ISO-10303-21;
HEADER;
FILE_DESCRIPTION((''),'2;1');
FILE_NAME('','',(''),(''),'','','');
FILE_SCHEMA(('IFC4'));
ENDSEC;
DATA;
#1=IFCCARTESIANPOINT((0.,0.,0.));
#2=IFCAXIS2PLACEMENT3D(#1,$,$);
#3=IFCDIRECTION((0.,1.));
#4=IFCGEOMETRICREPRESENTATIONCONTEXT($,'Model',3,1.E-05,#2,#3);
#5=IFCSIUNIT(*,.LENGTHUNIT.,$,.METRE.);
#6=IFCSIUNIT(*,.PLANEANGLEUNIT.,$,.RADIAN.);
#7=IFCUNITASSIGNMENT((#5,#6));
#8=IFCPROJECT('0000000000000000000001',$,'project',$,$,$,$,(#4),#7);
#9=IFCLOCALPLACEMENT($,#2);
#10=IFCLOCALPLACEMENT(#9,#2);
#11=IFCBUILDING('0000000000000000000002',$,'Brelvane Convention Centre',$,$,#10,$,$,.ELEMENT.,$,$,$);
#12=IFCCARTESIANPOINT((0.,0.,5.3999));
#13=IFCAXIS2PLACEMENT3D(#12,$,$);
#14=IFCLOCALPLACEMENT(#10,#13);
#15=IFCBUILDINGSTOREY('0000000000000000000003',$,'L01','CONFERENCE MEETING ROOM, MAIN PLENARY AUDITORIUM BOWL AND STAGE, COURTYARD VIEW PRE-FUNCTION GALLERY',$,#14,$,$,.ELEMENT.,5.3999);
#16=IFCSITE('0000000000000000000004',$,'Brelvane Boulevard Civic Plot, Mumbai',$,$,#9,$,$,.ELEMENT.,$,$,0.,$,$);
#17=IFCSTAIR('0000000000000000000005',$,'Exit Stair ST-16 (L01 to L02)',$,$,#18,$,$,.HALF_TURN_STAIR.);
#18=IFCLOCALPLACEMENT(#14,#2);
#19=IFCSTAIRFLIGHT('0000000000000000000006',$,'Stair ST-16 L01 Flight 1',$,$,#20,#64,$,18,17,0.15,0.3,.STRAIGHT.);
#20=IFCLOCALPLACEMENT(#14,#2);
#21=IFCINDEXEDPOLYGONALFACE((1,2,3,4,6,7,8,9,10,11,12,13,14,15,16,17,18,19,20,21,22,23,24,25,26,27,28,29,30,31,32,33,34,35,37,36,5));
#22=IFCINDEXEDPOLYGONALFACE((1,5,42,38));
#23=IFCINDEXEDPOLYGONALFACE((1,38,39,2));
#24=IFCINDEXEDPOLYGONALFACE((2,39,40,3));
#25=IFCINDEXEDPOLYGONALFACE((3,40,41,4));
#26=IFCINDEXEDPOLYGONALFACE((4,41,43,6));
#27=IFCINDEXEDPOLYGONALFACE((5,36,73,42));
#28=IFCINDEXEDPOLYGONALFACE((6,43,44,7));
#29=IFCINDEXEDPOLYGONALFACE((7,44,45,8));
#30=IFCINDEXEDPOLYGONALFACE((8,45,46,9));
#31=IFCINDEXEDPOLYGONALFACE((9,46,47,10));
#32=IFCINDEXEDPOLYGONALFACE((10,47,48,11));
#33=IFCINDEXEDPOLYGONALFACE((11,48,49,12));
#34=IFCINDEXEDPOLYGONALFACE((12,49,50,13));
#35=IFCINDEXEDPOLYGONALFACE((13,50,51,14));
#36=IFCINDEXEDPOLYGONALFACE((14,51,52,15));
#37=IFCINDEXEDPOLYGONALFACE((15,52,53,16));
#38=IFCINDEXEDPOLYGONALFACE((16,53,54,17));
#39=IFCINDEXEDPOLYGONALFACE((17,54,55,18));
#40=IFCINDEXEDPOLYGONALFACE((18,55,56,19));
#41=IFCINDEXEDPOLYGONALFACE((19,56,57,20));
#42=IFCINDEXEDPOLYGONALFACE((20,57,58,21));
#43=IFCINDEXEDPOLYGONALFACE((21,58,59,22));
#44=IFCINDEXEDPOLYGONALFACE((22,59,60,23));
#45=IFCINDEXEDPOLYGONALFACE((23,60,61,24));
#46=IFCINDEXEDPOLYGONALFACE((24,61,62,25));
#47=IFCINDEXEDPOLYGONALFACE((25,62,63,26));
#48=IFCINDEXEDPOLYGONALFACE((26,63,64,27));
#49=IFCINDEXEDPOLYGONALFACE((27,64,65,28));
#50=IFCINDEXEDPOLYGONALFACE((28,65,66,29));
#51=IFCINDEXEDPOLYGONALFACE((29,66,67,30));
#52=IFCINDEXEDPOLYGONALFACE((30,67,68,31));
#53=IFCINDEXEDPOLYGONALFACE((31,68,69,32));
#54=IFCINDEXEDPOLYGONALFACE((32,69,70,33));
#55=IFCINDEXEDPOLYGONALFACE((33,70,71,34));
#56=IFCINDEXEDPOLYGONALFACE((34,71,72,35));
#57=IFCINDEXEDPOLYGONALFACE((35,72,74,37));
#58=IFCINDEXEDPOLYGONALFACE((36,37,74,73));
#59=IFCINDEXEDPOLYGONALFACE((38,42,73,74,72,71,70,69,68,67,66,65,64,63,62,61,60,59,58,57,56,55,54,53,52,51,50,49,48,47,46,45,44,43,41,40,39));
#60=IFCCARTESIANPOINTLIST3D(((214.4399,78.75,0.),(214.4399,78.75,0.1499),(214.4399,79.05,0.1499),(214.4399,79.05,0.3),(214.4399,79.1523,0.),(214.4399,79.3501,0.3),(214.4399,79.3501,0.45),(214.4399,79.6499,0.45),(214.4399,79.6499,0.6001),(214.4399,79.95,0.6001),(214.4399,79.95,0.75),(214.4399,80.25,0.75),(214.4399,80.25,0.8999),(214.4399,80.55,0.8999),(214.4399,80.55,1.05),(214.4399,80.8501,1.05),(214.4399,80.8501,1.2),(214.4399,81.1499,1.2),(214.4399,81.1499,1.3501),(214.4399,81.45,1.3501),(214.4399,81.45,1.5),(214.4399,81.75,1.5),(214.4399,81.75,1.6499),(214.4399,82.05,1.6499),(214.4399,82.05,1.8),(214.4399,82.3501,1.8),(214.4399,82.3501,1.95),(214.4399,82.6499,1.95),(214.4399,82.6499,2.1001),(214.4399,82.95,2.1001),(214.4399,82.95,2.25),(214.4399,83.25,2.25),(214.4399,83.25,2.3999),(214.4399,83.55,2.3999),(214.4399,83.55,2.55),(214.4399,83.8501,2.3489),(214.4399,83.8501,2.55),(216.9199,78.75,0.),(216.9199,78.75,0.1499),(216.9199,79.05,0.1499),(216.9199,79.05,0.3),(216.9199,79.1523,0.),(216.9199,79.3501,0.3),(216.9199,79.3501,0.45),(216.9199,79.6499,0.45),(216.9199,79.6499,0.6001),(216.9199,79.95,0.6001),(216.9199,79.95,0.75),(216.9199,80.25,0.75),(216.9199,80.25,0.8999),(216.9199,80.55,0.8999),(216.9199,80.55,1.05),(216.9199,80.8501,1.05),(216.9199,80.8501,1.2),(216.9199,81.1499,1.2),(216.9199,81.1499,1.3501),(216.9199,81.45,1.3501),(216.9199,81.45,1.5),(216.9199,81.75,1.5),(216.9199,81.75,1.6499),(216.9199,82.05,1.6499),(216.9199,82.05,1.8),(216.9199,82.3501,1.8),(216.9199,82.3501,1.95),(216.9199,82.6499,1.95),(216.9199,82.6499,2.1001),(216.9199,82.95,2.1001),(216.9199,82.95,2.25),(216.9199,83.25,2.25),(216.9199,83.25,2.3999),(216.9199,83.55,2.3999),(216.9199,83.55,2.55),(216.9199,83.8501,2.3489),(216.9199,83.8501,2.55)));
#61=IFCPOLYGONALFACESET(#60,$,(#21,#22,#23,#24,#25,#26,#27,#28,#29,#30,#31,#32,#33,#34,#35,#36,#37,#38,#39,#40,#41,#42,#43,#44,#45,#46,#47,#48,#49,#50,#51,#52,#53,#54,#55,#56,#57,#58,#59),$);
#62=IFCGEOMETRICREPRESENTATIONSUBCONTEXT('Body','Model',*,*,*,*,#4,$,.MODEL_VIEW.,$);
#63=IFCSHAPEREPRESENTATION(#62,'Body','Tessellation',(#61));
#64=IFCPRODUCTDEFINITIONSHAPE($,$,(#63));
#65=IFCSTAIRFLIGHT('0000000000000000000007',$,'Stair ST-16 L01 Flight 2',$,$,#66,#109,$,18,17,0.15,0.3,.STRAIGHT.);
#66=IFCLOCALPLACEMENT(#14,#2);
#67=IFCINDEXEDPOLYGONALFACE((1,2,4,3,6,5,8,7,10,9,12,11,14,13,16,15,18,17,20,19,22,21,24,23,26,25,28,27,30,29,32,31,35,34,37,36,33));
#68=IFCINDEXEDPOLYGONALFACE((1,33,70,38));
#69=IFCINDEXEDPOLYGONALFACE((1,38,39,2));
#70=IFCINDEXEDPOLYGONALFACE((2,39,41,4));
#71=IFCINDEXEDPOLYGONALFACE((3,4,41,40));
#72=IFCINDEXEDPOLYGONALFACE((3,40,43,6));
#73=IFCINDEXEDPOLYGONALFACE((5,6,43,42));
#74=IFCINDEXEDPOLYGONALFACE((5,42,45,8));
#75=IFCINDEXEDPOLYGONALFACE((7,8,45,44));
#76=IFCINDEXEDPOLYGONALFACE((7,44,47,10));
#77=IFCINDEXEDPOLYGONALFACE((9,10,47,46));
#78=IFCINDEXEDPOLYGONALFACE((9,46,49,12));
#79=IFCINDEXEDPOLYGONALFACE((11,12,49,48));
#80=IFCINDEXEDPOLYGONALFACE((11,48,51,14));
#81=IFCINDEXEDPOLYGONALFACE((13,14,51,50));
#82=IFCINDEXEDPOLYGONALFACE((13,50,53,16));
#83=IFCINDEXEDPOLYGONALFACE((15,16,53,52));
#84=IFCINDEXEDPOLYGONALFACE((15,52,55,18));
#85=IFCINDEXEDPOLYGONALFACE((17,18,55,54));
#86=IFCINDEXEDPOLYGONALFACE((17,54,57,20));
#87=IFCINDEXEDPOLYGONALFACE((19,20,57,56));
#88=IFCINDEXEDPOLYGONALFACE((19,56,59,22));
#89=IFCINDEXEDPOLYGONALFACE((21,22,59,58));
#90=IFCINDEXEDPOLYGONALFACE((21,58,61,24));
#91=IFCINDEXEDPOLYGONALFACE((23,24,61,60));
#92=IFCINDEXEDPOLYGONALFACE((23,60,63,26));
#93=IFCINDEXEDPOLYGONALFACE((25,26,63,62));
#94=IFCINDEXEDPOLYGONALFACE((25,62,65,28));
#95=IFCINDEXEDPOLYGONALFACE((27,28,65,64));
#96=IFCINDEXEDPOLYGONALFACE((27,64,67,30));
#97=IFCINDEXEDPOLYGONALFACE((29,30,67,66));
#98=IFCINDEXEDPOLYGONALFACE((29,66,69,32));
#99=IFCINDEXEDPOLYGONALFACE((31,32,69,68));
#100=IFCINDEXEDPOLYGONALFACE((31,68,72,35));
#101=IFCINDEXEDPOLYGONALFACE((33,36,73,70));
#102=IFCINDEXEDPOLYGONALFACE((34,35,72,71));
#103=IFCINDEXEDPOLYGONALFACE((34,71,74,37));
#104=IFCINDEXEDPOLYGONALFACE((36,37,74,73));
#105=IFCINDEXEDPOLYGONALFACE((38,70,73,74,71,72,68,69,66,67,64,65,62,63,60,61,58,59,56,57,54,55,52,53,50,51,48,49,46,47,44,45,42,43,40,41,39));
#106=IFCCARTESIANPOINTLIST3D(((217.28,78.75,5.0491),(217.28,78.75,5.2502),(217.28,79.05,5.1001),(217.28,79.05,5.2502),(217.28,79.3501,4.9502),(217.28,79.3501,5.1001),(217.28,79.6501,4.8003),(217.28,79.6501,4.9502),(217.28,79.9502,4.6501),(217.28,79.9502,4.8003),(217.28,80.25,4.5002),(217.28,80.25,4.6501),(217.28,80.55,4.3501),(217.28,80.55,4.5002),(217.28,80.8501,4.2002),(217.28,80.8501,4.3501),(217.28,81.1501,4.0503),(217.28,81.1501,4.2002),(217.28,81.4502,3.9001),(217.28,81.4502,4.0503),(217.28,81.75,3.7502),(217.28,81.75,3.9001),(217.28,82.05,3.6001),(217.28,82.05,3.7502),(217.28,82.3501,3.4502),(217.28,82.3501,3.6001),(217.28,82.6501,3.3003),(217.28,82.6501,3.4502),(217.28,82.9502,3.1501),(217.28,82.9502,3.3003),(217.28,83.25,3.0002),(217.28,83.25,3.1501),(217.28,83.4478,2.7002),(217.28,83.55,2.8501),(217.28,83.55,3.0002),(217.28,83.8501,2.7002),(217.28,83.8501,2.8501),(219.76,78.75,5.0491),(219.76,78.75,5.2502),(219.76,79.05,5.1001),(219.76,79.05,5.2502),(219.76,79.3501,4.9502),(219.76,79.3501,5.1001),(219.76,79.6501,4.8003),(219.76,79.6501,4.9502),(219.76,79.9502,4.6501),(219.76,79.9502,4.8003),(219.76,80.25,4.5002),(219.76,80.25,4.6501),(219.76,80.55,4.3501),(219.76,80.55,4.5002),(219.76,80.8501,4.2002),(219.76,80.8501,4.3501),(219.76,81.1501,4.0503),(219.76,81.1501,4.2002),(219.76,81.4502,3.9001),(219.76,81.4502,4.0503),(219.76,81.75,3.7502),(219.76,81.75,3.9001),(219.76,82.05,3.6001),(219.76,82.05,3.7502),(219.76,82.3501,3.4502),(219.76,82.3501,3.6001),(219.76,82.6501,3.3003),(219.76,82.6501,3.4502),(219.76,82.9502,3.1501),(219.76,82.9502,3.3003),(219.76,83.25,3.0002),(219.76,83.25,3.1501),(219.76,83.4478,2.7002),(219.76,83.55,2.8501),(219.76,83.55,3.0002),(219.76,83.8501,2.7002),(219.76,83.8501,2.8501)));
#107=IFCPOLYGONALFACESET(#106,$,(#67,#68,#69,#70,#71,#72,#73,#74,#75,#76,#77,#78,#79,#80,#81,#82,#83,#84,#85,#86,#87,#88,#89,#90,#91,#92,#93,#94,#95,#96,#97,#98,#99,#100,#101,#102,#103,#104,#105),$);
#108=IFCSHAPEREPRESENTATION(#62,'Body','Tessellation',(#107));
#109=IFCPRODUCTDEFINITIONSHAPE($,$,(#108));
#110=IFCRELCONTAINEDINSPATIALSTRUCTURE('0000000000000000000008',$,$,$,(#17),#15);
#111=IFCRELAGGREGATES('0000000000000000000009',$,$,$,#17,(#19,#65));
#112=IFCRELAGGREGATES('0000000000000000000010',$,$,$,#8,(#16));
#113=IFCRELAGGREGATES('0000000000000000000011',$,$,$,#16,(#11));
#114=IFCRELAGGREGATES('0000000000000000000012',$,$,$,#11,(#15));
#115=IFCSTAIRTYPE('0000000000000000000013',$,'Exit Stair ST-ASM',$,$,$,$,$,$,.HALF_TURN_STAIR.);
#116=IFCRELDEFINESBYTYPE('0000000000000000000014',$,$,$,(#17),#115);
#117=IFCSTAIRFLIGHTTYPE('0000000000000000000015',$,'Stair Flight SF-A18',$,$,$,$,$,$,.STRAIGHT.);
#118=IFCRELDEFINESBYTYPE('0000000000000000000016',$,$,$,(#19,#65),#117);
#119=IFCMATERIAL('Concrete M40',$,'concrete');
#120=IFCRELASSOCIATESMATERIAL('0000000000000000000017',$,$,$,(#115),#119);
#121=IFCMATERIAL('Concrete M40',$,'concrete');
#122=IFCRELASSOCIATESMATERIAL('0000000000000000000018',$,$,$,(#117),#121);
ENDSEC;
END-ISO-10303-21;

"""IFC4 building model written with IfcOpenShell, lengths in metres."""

from ifc_helpers import new_model, si_unit, direction, frame, origin, place, context, subcontext, project, spatial, polyline, outline, extrude, material, type_object, element, aggregate, save


model = new_model("IFC4")

# Units and contexts
model_context = context("Model", 3, precision=1e-05, world=origin(), true_north=direction((0.0, 1.0)))
body_context = subcontext(model_context, "Body", "Model", "MODEL_VIEW")
ifc_project = project(units=[si_unit("LENGTHUNIT", "METRE"), si_unit("PLANEANGLEUNIT", "RADIAN")], contexts=[model_context])

# Site, building, storey
site_placement = place(None, origin())
site = spatial("IfcSite", under=ifc_project, at=site_placement, Name="Brelvane Boulevard Civic Plot, Mumbai", CompositionType="ELEMENT", RefElevation=0.0)
building_placement = place(site_placement, origin())
building = spatial("IfcBuilding", under=site, at=building_placement, Name="Brelvane Convention Centre", CompositionType="ELEMENT")
storey_placement = place(building_placement, frame((0.0, 0.0, 5.3999)))
storey = spatial("IfcBuildingStorey", under=building, at=storey_placement, Name="L01", Description="CONFERENCE MEETING ROOM, MAIN PLENARY AUDITORIUM BOWL AND STAGE, COURTYARD VIEW PRE-FUNCTION GALLERY", CompositionType="ELEMENT", Elevation=5.3999)

# Stair, stair flights
ifc_material_1 = material(Name="Concrete M40", Category="concrete")
stair_type = type_object("IfcStairType", Name="Exit Stair ST-ASM", PredefinedType="HALF_TURN_STAIR", material=ifc_material_1)
stair_placement = place(storey_placement, origin())
stair = element("IfcStair", 1, at=stair_placement, inside=storey, type_object=stair_type, Name="Exit Stair ST-16 (L01 to L02)", PredefinedType="HALF_TURN_STAIR")
ifc_material_2 = material(Name="Concrete M40", Category="concrete")
stair_flight_type = type_object("IfcStairFlightType", Name="Stair Flight SF-A18", PredefinedType="STRAIGHT", material=ifc_material_2)
stair_flight_1_placement = place(storey_placement, frame((215.6799, 78.75, 0.0), z_axis=(0.0, 0.0, 1.0), x_axis=(0.0, 1.0, 0.0)))
stair_flight_1 = element("IfcStairFlight", 2, at=stair_flight_1_placement, type_object=stair_flight_type, Name="Stair ST-16 L01 Flight 1", NumberOfRisers=18, NumberOfTreads=17, PredefinedType="STRAIGHT", RiserHeight=0.15, TreadLength=0.3, context=body_context, shape_type="SweptSolid", body=[
    extrude(outline(polyline([(0.0, 0.0), (0.0, 0.1499), (0.3, 0.1499), (0.3, 0.3), (0.6001, 0.3), (0.6001, 0.45), (0.8999, 0.45), (0.8999, 0.6001), (1.2, 0.6001), (1.2, 0.75), (1.5, 0.75), (1.5, 0.8999), (1.8, 0.8999), (1.8, 1.05), (2.1001, 1.05), (2.1001, 1.2), (2.3999, 1.2), (2.3999, 1.3501), (2.7, 1.3501), (2.7, 1.5), (3.0, 1.5), (3.0, 1.6499), (3.3, 1.6499), (3.3, 1.8), (3.6001, 1.8), (3.6001, 1.95), (3.8999, 1.95), (3.8999, 2.1001), (4.2, 2.1001), (4.2, 2.25), (4.5, 2.25), (4.5, 2.3999), (4.8, 2.3999), (4.8, 2.55), (5.1001, 2.55), (5.1001, 2.7), (5.1001, 2.3489), (0.4023, 0.0), (0.0, 0.0)])), frame((0.0, 1.24, 0.0), z_axis=(0.0, -1.0, 0.0), x_axis=(1.0, 0.0, 0.0)), (0.0, 0.0, 1.0), 2.48),
])
stair_flight_2_placement = place(storey_placement, frame((218.52, 83.8501, 2.7002), z_axis=(0.0, 0.0, 1.0), x_axis=(0.0, -1.0, 0.0)))
stair_flight_2 = element("IfcStairFlight", 3, at=stair_flight_2_placement, type_object=stair_flight_type, Name="Stair ST-16 L01 Flight 2", NumberOfRisers=18, NumberOfTreads=17, PredefinedType="STRAIGHT", RiserHeight=0.15, TreadLength=0.3, context=body_context, shape_type="SweptSolid", body=[
    extrude(outline(polyline([(0.0, 0.0), (0.0, 0.1499), (0.3, 0.1499), (0.3, 0.3), (0.6001, 0.3), (0.6001, 0.45), (0.8999, 0.45), (0.8999, 0.6001), (1.2, 0.6001), (1.2, 0.75), (1.5, 0.75), (1.5, 0.8999), (1.8, 0.8999), (1.8, 1.05), (2.1001, 1.05), (2.1001, 1.2), (2.3999, 1.2), (2.3999, 1.3501), (2.7, 1.3501), (2.7, 1.5), (3.0, 1.5), (3.0, 1.6499), (3.3, 1.6499), (3.3, 1.8), (3.6001, 1.8), (3.6001, 1.95), (3.8999, 1.95), (3.8999, 2.1001), (4.2, 2.1001), (4.2, 2.25), (4.5, 2.25), (4.5, 2.3999), (4.8, 2.3999), (4.8, 2.55), (5.1001, 2.55), (5.1001, 2.7), (5.1001, 2.3489), (0.4023, 0.0), (0.0, 0.0)])), frame((0.0, 1.24, 0.0), z_axis=(0.0, -1.0, 0.0), x_axis=(1.0, 0.0, 0.0)), (0.0, 0.0, 1.0), 2.48),
])
aggregate(stair, [stair_flight_1, stair_flight_2])

save(model, "model.ifc")
